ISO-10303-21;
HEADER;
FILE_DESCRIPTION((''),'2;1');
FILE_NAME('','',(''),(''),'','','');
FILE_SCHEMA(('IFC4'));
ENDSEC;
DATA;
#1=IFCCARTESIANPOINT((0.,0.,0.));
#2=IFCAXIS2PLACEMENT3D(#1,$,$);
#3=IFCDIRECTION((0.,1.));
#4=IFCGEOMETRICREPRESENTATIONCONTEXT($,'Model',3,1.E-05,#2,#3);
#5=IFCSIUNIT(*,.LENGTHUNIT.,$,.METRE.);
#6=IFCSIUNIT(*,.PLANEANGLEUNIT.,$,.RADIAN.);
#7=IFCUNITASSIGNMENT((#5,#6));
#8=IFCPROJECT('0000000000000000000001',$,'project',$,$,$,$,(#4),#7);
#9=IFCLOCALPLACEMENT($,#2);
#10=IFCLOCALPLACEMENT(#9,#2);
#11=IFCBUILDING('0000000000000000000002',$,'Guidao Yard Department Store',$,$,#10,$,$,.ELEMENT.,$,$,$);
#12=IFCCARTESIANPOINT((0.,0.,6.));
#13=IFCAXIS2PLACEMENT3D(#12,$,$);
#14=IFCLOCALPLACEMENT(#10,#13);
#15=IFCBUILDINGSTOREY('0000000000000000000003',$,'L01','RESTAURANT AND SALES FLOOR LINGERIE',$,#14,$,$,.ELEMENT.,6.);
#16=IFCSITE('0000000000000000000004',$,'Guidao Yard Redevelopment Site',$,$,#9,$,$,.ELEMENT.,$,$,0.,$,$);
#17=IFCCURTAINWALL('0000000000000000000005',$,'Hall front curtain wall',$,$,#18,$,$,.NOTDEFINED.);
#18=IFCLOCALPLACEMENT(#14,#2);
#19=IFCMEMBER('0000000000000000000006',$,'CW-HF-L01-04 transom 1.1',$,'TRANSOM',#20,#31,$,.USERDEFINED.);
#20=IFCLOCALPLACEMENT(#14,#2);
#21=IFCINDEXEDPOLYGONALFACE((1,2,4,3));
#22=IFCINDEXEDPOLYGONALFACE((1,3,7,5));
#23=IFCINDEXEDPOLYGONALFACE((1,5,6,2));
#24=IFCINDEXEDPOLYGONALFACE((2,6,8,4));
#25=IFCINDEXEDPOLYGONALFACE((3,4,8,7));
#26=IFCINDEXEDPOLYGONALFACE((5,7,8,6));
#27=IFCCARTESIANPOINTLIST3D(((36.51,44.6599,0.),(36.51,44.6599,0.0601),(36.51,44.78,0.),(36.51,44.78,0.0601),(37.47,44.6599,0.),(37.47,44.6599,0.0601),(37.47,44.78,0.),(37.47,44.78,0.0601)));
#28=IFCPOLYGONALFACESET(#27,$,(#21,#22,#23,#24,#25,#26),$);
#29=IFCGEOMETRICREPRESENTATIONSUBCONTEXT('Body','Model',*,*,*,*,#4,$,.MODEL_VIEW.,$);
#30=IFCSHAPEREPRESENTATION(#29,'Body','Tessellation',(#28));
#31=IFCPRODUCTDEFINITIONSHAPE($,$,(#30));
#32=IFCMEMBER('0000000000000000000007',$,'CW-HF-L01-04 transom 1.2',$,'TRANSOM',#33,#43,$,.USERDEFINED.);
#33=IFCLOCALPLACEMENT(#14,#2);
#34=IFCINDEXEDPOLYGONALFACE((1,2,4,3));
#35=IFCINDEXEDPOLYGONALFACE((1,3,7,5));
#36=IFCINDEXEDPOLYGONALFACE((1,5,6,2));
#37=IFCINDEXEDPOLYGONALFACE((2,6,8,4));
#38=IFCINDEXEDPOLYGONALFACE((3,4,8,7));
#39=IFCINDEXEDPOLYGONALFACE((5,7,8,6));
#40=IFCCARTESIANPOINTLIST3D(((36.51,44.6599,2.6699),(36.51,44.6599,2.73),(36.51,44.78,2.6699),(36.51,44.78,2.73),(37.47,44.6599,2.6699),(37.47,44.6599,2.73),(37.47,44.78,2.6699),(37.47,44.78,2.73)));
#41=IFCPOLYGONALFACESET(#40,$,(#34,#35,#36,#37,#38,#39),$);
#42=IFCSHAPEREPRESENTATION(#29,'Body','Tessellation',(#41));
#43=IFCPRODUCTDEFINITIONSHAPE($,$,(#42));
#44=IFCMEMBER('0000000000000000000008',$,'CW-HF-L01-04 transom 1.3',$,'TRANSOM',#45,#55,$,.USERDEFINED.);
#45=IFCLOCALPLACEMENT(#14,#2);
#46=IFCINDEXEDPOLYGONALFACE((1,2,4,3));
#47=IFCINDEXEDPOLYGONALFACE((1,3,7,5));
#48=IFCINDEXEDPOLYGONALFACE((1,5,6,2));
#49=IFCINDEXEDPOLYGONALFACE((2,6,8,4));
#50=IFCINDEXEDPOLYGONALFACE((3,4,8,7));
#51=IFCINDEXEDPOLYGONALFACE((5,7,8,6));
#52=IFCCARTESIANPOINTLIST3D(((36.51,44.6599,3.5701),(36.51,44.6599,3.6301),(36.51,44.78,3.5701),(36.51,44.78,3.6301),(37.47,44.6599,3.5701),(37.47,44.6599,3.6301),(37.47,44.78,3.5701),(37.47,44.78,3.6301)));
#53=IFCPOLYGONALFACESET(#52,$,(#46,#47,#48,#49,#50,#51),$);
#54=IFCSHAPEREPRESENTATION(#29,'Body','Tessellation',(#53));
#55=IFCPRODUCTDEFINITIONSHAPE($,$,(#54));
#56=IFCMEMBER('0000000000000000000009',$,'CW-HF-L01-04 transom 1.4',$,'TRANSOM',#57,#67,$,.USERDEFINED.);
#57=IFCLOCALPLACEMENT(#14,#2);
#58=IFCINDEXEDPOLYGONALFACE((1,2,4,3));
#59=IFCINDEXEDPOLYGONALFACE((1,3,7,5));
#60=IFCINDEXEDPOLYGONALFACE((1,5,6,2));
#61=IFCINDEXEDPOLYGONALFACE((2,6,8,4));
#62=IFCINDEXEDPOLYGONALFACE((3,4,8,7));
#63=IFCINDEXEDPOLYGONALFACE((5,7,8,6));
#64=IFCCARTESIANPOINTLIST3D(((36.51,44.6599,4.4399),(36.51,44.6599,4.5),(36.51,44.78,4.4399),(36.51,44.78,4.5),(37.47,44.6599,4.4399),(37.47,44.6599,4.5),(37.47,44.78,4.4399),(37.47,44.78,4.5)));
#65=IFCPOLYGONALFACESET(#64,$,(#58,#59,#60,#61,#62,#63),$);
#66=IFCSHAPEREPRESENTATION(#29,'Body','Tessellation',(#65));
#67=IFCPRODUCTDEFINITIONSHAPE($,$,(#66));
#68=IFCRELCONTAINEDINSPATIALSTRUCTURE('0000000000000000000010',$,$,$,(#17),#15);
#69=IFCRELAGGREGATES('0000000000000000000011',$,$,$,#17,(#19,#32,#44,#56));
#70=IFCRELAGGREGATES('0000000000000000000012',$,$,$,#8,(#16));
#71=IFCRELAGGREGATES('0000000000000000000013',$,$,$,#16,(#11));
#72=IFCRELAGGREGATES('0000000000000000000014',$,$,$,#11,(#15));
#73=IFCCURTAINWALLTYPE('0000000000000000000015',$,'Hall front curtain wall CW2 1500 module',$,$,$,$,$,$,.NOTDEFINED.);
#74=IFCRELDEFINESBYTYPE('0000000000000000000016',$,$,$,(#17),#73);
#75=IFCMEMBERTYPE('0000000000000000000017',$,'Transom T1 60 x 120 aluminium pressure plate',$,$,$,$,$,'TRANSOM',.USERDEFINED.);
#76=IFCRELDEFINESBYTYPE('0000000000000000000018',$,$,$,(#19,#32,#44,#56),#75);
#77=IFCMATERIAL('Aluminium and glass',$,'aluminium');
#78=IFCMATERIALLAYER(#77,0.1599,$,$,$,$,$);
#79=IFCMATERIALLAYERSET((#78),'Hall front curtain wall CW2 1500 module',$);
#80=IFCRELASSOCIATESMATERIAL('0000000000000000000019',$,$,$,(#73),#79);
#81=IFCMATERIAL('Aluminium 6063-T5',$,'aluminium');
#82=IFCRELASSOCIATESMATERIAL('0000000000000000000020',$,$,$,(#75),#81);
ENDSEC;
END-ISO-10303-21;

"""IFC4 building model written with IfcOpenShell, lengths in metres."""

from ifc_helpers import new_model, si_unit, direction, frame, origin, origin_2d, place, context, subcontext, project, spatial, rectangle, extrude, material, layer, layer_set, material_profile, profile_set, type_object, element, aggregate, save


model = new_model("IFC4")

# Units and contexts
model_context = context("Model", 3, precision=1e-05, world=origin(), true_north=direction((0.0, 1.0)))
body_context = subcontext(model_context, "Body", "Model", "MODEL_VIEW")
ifc_project = project(units=[si_unit("LENGTHUNIT", "METRE"), si_unit("PLANEANGLEUNIT", "RADIAN")], contexts=[model_context])

# Site, building, storey
site_placement = place(None, origin())
site = spatial("IfcSite", under=ifc_project, at=site_placement, Name="Guidao Yard Redevelopment Site", CompositionType="ELEMENT", RefElevation=0.0)
building_placement = place(site_placement, origin())
building = spatial("IfcBuilding", under=site, at=building_placement, Name="Guidao Yard Department Store", CompositionType="ELEMENT")
storey_placement = place(building_placement, frame((0.0, 0.0, 6.0)))
storey = spatial("IfcBuildingStorey", under=building, at=storey_placement, Name="L01", Description="RESTAURANT AND SALES FLOOR LINGERIE", CompositionType="ELEMENT", Elevation=6.0)

# Curtain wall
ifc_material_1 = material(Name="Aluminium and glass", Category="aluminium")
ifc_layer = layer(ifc_material_1, 0.1599)
ifc_layer_set = layer_set([ifc_layer], Name="Hall front curtain wall CW2 1500 module")
curtain_wall_type = type_object("IfcCurtainWallType", Name="Hall front curtain wall CW2 1500 module", PredefinedType="NOTDEFINED", material=ifc_layer_set)
curtain_wall_placement = place(storey_placement, origin())
curtain_wall = element("IfcCurtainWall", 1, at=curtain_wall_placement, inside=storey, type_object=curtain_wall_type, Name="Hall front curtain wall", PredefinedType="NOTDEFINED")

# Members
ifc_material_2 = material(Name="Aluminium 6063-T5", Category="aluminium")
ifc_material_profile_1 = material_profile(ifc_material_2, rectangle(XDim=0.1201, YDim=0.0601, at=origin_2d()), Name="Transom T1 60 x 120 aluminium pressure plate")
ifc_profile_set_1 = profile_set([ifc_material_profile_1], Name="Aluminium 6063-T5")
member_type_1 = type_object("IfcMemberType", Name="Transom T1 60 x 120 aluminium pressure plate", ElementType="TRANSOM", PredefinedType="USERDEFINED", material=ifc_profile_set_1)
member_1_placement = place(storey_placement, frame((37.47, 44.72, 0.03), z_axis=(-1.0, 0.0, 0.0), x_axis=(0.0, -1.0, 0.0)))
member_1 = element("IfcMember", 2, at=member_1_placement, type_object=member_type_1, Name="CW-HF-L01-04 transom 1.1", ObjectType="TRANSOM", PredefinedType="USERDEFINED", context=body_context, shape_type="SweptSolid", body=[
    extrude(rectangle(XDim=0.1201, YDim=0.0601, at=origin_2d()), origin(), (0.0, 0.0, 1.0), 0.96),
])
member_2_placement = place(storey_placement, frame((37.47, 44.72, 2.7), z_axis=(-1.0, 0.0, 0.0), x_axis=(0.0, -1.0, 0.0)))
member_2 = element("IfcMember", 3, at=member_2_placement, type_object=member_type_1, Name="CW-HF-L01-04 transom 1.2", ObjectType="TRANSOM", PredefinedType="USERDEFINED", context=body_context, shape_type="SweptSolid", body=[
    extrude(rectangle(XDim=0.1201, YDim=0.0601, at=origin_2d()), origin(), (0.0, 0.0, 1.0), 0.96),
])
member_3_placement = place(storey_placement, frame((37.47, 44.72, 3.6001), z_axis=(-1.0, 0.0, 0.0), x_axis=(0.0, -1.0, 0.0)))
member_3 = element("IfcMember", 4, at=member_3_placement, type_object=member_type_1, Name="CW-HF-L01-04 transom 1.3", ObjectType="TRANSOM", PredefinedType="USERDEFINED", context=body_context, shape_type="SweptSolid", body=[
    extrude(rectangle(XDim=0.1201, YDim=0.0601, at=origin_2d()), origin(), (0.0, 0.0, 1.0), 0.96),
])
member_4_placement = place(storey_placement, frame((37.47, 44.72, 4.47), z_axis=(-1.0, 0.0, 0.0), x_axis=(0.0, -1.0, 0.0)))
member_4 = element("IfcMember", 5, at=member_4_placement, type_object=member_type_1, Name="CW-HF-L01-04 transom 1.4", ObjectType="TRANSOM", PredefinedType="USERDEFINED", context=body_context, shape_type="SweptSolid", body=[
    extrude(rectangle(XDim=0.1201, YDim=0.0601, at=origin_2d()), origin(), (0.0, 0.0, 1.0), 0.96),
])
aggregate(curtain_wall, [member_1, member_2, member_3, member_4])

save(model, "model.ifc")
